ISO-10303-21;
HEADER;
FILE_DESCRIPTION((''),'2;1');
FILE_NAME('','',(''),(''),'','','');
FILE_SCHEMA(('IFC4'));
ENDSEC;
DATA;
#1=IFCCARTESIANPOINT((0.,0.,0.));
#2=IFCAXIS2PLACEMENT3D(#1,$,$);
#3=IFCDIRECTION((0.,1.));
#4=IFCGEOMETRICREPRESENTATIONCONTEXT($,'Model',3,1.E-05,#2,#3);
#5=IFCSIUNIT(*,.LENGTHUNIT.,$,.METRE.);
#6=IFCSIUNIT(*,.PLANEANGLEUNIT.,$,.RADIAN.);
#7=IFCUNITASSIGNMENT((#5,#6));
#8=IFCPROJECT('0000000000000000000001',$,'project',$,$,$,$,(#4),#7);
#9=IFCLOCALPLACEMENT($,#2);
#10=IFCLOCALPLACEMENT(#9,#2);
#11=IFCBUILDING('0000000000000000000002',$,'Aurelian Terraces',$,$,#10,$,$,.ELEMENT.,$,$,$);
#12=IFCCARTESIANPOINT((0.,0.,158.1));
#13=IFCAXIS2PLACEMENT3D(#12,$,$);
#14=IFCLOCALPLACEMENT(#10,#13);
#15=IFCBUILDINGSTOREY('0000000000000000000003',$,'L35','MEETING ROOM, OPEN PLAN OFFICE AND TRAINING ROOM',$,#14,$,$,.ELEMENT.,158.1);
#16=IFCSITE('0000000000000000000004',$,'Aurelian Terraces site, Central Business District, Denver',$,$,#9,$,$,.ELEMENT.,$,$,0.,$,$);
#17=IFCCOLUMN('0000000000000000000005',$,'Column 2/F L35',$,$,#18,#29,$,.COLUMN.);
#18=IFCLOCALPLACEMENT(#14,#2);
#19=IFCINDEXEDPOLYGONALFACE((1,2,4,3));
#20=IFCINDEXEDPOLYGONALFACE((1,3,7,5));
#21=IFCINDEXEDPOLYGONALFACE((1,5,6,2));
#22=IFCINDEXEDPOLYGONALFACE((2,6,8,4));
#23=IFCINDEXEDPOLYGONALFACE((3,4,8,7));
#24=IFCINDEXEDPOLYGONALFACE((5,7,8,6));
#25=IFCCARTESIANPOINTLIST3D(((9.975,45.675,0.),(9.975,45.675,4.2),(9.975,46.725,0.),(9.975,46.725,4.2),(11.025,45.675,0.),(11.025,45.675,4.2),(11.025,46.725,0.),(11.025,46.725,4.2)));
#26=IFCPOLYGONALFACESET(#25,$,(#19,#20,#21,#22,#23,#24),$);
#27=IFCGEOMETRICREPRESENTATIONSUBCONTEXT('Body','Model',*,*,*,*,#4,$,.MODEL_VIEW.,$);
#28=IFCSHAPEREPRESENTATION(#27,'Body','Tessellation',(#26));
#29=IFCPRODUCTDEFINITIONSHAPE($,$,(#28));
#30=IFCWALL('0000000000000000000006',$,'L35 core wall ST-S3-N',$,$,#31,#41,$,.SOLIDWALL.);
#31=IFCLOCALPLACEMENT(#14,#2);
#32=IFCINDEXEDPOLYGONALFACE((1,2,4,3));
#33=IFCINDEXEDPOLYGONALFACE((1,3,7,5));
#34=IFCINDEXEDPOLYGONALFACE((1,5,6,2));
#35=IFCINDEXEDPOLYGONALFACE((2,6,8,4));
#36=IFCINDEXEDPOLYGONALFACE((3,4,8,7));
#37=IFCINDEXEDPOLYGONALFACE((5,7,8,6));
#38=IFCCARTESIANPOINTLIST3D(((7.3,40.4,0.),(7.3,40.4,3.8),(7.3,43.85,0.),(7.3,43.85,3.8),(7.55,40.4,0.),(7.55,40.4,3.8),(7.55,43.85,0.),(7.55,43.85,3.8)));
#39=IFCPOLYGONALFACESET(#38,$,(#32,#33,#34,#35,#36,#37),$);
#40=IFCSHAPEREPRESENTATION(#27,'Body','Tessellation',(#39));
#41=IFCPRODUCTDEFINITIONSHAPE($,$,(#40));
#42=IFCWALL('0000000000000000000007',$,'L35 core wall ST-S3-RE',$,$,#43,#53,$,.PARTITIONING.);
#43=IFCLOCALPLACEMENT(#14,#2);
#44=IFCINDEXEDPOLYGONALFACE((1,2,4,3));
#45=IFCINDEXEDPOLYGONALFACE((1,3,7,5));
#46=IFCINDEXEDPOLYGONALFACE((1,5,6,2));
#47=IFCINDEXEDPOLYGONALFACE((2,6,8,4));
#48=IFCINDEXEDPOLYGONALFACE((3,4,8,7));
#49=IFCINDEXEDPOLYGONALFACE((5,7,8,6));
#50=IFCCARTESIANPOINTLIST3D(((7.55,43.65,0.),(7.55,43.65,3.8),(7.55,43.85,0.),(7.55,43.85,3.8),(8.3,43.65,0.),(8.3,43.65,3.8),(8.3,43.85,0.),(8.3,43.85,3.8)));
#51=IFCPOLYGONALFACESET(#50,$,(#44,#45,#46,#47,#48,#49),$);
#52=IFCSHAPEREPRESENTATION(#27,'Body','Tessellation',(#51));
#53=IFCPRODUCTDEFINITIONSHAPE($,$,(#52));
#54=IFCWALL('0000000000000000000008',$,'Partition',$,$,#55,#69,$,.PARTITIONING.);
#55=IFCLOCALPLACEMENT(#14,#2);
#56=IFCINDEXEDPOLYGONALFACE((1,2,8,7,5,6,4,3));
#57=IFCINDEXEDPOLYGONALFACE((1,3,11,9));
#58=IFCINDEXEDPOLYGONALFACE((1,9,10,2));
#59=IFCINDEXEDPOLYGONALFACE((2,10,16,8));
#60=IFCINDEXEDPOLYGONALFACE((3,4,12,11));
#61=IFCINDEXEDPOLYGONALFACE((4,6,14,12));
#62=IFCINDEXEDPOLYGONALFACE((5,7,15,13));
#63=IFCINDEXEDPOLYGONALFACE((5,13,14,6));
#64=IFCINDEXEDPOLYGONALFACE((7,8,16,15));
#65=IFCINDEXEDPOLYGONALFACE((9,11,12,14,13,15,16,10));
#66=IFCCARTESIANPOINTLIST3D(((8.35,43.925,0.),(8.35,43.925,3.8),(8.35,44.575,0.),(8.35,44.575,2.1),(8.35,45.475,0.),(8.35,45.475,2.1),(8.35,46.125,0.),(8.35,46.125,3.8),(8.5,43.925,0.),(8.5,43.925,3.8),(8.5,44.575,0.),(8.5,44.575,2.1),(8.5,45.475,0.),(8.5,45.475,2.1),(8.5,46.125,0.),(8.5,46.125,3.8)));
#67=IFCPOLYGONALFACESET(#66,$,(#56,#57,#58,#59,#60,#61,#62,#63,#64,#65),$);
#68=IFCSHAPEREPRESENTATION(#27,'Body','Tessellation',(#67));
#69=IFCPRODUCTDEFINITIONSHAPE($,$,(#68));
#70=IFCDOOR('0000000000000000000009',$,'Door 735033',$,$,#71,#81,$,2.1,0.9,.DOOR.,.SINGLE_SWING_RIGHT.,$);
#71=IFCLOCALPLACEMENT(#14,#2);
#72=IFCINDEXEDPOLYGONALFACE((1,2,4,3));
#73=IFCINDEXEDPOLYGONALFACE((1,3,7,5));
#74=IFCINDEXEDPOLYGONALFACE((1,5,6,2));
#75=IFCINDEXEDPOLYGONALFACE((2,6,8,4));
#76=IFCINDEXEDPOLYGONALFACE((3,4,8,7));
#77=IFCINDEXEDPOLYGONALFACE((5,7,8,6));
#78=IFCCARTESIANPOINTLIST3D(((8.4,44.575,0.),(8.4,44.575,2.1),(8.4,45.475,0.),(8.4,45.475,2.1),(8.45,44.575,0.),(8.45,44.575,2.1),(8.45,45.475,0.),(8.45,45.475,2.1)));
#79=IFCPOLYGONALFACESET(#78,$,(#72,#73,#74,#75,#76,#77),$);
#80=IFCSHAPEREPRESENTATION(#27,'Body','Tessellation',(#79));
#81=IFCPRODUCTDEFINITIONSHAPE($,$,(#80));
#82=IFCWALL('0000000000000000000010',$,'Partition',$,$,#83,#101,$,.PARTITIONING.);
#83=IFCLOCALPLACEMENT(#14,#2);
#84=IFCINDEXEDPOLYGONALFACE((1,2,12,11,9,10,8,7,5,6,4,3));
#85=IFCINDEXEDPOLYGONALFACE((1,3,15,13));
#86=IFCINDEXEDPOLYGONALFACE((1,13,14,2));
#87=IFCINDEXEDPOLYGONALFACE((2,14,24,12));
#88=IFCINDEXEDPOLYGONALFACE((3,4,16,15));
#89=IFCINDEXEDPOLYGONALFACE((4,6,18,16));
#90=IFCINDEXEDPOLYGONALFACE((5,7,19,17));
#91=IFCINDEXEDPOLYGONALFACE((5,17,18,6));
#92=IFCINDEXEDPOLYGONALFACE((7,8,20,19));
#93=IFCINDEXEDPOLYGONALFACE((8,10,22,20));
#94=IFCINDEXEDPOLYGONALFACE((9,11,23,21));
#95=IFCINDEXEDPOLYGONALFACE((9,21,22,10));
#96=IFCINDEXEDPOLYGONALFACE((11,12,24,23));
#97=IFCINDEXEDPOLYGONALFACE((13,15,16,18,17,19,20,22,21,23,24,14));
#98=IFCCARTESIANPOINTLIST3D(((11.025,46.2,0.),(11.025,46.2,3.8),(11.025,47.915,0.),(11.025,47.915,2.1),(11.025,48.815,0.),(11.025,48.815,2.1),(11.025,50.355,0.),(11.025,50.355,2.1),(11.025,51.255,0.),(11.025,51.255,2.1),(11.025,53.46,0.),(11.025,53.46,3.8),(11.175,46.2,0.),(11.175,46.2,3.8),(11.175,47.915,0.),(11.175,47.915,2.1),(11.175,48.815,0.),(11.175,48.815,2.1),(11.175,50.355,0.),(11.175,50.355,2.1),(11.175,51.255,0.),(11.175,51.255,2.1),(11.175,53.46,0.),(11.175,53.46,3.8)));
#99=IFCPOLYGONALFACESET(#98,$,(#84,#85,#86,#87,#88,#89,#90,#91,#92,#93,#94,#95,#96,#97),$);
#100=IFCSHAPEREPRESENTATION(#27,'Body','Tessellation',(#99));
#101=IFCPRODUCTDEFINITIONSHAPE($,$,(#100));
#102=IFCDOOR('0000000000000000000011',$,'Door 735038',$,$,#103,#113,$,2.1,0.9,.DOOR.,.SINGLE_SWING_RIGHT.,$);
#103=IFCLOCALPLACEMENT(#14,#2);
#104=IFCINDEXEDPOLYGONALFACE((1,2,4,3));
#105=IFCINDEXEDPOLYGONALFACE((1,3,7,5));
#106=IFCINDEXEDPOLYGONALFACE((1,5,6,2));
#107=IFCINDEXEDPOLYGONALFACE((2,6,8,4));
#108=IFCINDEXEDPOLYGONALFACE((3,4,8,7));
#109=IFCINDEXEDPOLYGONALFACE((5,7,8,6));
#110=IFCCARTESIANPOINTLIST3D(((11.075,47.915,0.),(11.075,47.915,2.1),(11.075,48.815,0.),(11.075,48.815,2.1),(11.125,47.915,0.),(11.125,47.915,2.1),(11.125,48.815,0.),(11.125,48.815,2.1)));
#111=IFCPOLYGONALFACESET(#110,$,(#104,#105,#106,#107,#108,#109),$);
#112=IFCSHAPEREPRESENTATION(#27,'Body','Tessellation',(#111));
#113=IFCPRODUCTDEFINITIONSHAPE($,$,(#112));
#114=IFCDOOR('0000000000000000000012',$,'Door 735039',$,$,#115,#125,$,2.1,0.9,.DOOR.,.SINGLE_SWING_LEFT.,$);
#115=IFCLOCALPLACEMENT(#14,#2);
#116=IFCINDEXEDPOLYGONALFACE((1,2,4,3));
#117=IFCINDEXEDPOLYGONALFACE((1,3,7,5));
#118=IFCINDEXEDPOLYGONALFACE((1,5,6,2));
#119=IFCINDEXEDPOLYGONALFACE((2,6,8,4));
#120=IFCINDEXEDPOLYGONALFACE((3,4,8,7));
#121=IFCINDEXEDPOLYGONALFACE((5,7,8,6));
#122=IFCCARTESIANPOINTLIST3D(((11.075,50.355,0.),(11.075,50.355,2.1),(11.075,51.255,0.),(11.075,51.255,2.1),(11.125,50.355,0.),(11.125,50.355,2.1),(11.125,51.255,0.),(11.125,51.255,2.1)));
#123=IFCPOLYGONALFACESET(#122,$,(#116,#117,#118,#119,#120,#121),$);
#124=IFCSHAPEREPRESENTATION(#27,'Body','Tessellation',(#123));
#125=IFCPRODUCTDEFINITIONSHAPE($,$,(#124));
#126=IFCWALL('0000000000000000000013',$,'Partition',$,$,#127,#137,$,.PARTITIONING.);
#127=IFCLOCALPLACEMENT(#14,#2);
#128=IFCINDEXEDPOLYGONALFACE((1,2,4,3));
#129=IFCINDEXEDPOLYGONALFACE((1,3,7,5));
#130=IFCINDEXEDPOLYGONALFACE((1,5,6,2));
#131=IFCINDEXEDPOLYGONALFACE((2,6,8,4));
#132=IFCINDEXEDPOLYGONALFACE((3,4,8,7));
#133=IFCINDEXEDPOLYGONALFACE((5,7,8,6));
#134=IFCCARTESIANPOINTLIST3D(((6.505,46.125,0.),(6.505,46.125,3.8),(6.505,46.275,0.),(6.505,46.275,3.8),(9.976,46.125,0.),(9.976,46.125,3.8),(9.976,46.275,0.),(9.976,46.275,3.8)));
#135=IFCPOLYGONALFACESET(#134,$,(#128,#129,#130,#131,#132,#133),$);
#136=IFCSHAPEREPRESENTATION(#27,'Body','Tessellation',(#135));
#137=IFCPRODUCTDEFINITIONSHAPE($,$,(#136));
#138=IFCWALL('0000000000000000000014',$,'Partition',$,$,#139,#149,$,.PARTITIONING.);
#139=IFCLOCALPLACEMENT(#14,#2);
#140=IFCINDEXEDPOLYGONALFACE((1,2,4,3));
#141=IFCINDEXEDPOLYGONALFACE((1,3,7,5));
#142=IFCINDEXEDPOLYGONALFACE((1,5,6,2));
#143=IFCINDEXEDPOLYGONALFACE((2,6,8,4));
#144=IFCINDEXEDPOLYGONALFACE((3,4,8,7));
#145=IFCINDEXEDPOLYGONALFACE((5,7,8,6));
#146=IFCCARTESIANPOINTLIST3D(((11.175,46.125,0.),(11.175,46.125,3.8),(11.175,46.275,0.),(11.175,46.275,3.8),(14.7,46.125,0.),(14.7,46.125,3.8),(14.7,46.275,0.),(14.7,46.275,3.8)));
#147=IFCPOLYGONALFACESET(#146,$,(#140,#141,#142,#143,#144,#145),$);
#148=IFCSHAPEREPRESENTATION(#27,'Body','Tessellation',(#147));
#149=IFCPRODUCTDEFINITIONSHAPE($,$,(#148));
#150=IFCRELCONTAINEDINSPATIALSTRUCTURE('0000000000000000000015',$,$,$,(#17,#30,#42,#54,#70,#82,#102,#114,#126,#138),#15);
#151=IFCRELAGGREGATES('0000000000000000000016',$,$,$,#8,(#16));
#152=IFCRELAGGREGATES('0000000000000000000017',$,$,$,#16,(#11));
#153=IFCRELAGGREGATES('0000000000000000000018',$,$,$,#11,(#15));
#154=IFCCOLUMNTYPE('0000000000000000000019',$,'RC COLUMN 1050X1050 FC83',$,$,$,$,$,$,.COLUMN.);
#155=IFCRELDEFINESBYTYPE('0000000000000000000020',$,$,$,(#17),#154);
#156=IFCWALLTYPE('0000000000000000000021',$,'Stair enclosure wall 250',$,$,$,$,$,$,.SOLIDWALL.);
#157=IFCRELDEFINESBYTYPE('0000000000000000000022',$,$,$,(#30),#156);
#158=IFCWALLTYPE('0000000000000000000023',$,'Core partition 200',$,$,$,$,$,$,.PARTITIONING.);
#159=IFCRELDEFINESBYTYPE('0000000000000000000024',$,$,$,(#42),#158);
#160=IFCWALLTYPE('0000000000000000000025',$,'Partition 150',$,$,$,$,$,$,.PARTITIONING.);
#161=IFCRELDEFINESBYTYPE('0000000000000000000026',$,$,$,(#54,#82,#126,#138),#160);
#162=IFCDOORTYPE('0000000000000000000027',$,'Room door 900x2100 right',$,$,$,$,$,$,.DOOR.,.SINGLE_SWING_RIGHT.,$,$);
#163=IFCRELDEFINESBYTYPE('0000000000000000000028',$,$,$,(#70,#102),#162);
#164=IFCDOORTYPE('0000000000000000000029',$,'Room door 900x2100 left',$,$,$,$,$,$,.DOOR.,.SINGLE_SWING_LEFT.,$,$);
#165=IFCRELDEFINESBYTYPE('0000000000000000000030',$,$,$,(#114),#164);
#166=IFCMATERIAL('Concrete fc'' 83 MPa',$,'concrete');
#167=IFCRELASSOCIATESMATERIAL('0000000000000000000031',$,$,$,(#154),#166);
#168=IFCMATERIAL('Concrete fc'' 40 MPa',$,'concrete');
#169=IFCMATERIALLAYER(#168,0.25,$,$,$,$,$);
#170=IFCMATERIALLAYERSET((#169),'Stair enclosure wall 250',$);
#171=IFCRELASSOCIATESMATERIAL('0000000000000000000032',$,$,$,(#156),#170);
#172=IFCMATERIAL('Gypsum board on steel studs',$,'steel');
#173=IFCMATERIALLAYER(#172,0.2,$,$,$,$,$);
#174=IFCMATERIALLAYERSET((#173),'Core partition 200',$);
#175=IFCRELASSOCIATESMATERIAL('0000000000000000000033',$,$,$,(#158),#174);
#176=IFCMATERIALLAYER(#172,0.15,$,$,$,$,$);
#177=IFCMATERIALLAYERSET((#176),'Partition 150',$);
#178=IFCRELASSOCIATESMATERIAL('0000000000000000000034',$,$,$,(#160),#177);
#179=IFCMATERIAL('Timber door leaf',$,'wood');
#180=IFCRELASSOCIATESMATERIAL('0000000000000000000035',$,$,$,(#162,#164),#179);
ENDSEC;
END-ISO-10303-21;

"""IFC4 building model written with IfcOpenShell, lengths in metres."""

from ifc_helpers import new_model, si_unit, direction, frame, frame_2d, origin, origin_2d, place, context, subcontext, project, spatial, rectangle, extrude, source, transform, mapped, material, layer, layer_set, material_profile, profile_set, type_object, element, fill, save


model = new_model("IFC4")

# Units and contexts
model_context = context("Model", 3, precision=1e-05, world=origin(), true_north=direction((0.0, 1.0)))
body_context = subcontext(model_context, "Body", "Model", "MODEL_VIEW")
ifc_project = project(units=[si_unit("LENGTHUNIT", "METRE"), si_unit("PLANEANGLEUNIT", "RADIAN")], contexts=[model_context])

# Site, building, storey
site_placement = place(None, origin())
site = spatial("IfcSite", under=ifc_project, at=site_placement, Name="Aurelian Terraces site, Central Business District, Denver", CompositionType="ELEMENT", RefElevation=0.0)
building_placement = place(site_placement, origin())
building = spatial("IfcBuilding", under=site, at=building_placement, Name="Aurelian Terraces", CompositionType="ELEMENT")
storey_placement = place(building_placement, frame((0.0, 0.0, 158.1)))
storey = spatial("IfcBuildingStorey", under=building, at=storey_placement, Name="L35", Description="MEETING ROOM, OPEN PLAN OFFICE AND TRAINING ROOM", CompositionType="ELEMENT", Elevation=158.1)

# Column
ifc_material_1 = material(Name="Concrete fc' 83 MPa", Category="concrete")
ifc_material_profile = material_profile(ifc_material_1, rectangle(XDim=1.05, YDim=1.05, at=origin_2d()))
ifc_profile_set = profile_set([ifc_material_profile], Name="Concrete fc' 83 MPa")
column_type = type_object("IfcColumnType", Name="RC COLUMN 1050X1050 FC83", PredefinedType="COLUMN", material=ifc_profile_set)
shared_shape_1 = source(origin(), body_context, "Body", "SweptSolid", [
    extrude(rectangle(XDim=1.05, YDim=1.05, at=origin_2d()), origin(), (0.0, 0.0, 1.0), 4.2),
])
column_placement = place(storey_placement, frame((10.5, 46.2, 0.0), z_axis=(0.0, 0.0, 1.0), x_axis=(1.0, 0.0, 0.0)))
element("IfcColumn", 1, at=column_placement, inside=storey, type_object=column_type, Name="Column 2/F L35", PredefinedType="COLUMN", context=body_context, shape_type="MappedRepresentation", body=[
    mapped(shared_shape_1, transform((0.0, 0.0, 0.0), scale=1.0)),
])

# Walls
ifc_material_2 = material(Name="Concrete fc' 40 MPa", Category="concrete")
ifc_layer_1 = layer(ifc_material_2, 0.25)
ifc_layer_set_1 = layer_set([ifc_layer_1], Name="Stair enclosure wall 250")
wall_type_1 = type_object("IfcWallType", Name="Stair enclosure wall 250", PredefinedType="SOLIDWALL", material=ifc_layer_set_1)
shared_shape_2 = source(origin(), body_context, "Body", "SweptSolid", [
    extrude(rectangle(XDim=3.45, YDim=0.25, at=frame_2d((1.725, 0.0))), origin(), (0.0, 0.0, 1.0), 3.8),
])
wall_1_placement = place(storey_placement, frame((7.425, 40.4, 0.0), z_axis=(0.0, 0.0, 1.0), x_axis=(0.0, 1.0, 0.0)))
element("IfcWall", 2, at=wall_1_placement, inside=storey, type_object=wall_type_1, Name="L35 core wall ST-S3-N", PredefinedType="SOLIDWALL", context=body_context, shape_type="MappedRepresentation", body=[
    mapped(shared_shape_2, transform((0.0, 0.0, 0.0), scale=1.0)),
])
ifc_material_3 = material(Name="Gypsum board on steel studs", Category="steel")
ifc_layer_2 = layer(ifc_material_3, 0.2)
ifc_layer_set_2 = layer_set([ifc_layer_2], Name="Core partition 200")
wall_type_2 = type_object("IfcWallType", Name="Core partition 200", PredefinedType="PARTITIONING", material=ifc_layer_set_2)
shared_shape_3 = source(origin(), body_context, "Body", "SweptSolid", [
    extrude(rectangle(XDim=0.75, YDim=0.2, at=frame_2d((0.375, 0.0))), origin(), (0.0, 0.0, 1.0), 3.8),
])
wall_2_placement = place(storey_placement, frame((7.55, 43.75, 0.0), z_axis=(0.0, 0.0, 1.0), x_axis=(1.0, 0.0, 0.0)))
element("IfcWall", 3, at=wall_2_placement, inside=storey, type_object=wall_type_2, Name="L35 core wall ST-S3-RE", PredefinedType="PARTITIONING", context=body_context, shape_type="MappedRepresentation", body=[
    mapped(shared_shape_3, transform((0.0, 0.0, 0.0), scale=1.0)),
])

# Wall, opening, door
ifc_layer_3 = layer(ifc_material_3, 0.15)
ifc_layer_set_3 = layer_set([ifc_layer_3], Name="Partition 150")
wall_type_3 = type_object("IfcWallType", Name="Partition 150", PredefinedType="PARTITIONING", material=ifc_layer_set_3)
shared_shape_4 = source(origin(), body_context, "Body", "SweptSolid", [
    extrude(rectangle(XDim=2.2, YDim=0.15, at=frame_2d((1.1, 0.0))), origin(), (0.0, 0.0, 1.0), 3.8),
])
wall_3_placement = place(storey_placement, frame((8.425, 43.925, 0.0), z_axis=(0.0, 0.0, 1.0), x_axis=(0.0, 1.0, 0.0)))
wall_3 = element("IfcWall", 4, at=wall_3_placement, inside=storey, type_object=wall_type_3, Name="Partition", PredefinedType="PARTITIONING", context=body_context, shape_type="MappedRepresentation", body=[
    mapped(shared_shape_4, transform((0.0, 0.0, 0.0), scale=1.0)),
])
shared_shape_5 = source(origin(), body_context, "Body", "SweptSolid", [
    extrude(rectangle(XDim=0.9, YDim=2.1, at=frame_2d((0.45, 1.05))), frame((0.0, 0.085, 0.0), z_axis=(0.0, -1.0, 0.0), x_axis=(1.0, 0.0, 0.0)), (0.0, 0.0, 1.0), 0.17),
])
opening_1_placement = place(wall_3_placement, frame((0.65, 0.0, 0.0)))
opening_1 = element("IfcOpeningElement", 5, at=opening_1_placement, cuts=wall_3, PredefinedType="OPENING", context=body_context, shape_type="MappedRepresentation", body=[
    mapped(shared_shape_5, transform((0.0, 0.0, 0.0), scale=1.0)),
])
ifc_material_4 = material(Name="Timber door leaf", Category="wood")
door_type_1 = type_object("IfcDoorType", Name="Room door 900x2100 right", OperationType="SINGLE_SWING_RIGHT", PredefinedType="DOOR", material=ifc_material_4)
shared_shape_6 = source(origin(), body_context, "Body", "SweptSolid", [
    extrude(rectangle(XDim=0.9, YDim=2.1, at=frame_2d((0.45, 1.05))), frame((0.0, 0.025, 0.0), z_axis=(0.0, -1.0, 0.0), x_axis=(1.0, 0.0, 0.0)), (0.0, 0.0, 1.0), 0.05),
])
door_1_placement = place(opening_1_placement, origin())
door_1 = element("IfcDoor", 6, at=door_1_placement, inside=storey, type_object=door_type_1, Name="Door 735033", OperationType="SINGLE_SWING_RIGHT", OverallHeight=2.1, OverallWidth=0.9, PredefinedType="DOOR", context=body_context, shape_type="MappedRepresentation", body=[
    mapped(shared_shape_6, transform((0.0, 0.0, 0.0), scale=1.0)),
])
fill(opening_1, door_1)

# Wall, openings, doors
shared_shape_7 = source(origin(), body_context, "Body", "SweptSolid", [
    extrude(rectangle(XDim=7.26, YDim=0.15, at=frame_2d((3.63, 0.0))), origin(), (0.0, 0.0, 1.0), 3.8),
])
wall_4_placement = place(storey_placement, frame((11.1, 46.2, 0.0), z_axis=(0.0, 0.0, 1.0), x_axis=(0.0, 1.0, 0.0)))
wall_4 = element("IfcWall", 7, at=wall_4_placement, inside=storey, type_object=wall_type_3, Name="Partition", PredefinedType="PARTITIONING", context=body_context, shape_type="MappedRepresentation", body=[
    mapped(shared_shape_7, transform((0.0, 0.0, 0.0), scale=1.0)),
])
opening_2_placement = place(wall_4_placement, frame((1.715, 0.0, 0.0)))
opening_2 = element("IfcOpeningElement", 8, at=opening_2_placement, cuts=wall_4, PredefinedType="OPENING", context=body_context, shape_type="MappedRepresentation", body=[
    mapped(shared_shape_5, transform((0.0, 0.0, 0.0), scale=1.0)),
])
opening_3_placement = place(wall_4_placement, frame((4.155, 0.0, 0.0)))
opening_3 = element("IfcOpeningElement", 9, at=opening_3_placement, cuts=wall_4, PredefinedType="OPENING", context=body_context, shape_type="MappedRepresentation", body=[
    mapped(shared_shape_5, transform((0.0, 0.0, 0.0), scale=1.0)),
])
door_2_placement = place(opening_2_placement, origin())
door_2 = element("IfcDoor", 10, at=door_2_placement, inside=storey, type_object=door_type_1, Name="Door 735038", OperationType="SINGLE_SWING_RIGHT", OverallHeight=2.1, OverallWidth=0.9, PredefinedType="DOOR", context=body_context, shape_type="MappedRepresentation", body=[
    mapped(shared_shape_6, transform((0.0, 0.0, 0.0), scale=1.0)),
])
fill(opening_2, door_2)
door_type_2 = type_object("IfcDoorType", Name="Room door 900x2100 left", OperationType="SINGLE_SWING_LEFT", PredefinedType="DOOR", material=ifc_material_4)
door_3_placement = place(opening_3_placement, origin())
door_3 = element("IfcDoor", 11, at=door_3_placement, inside=storey, type_object=door_type_2, Name="Door 735039", OperationType="SINGLE_SWING_LEFT", OverallHeight=2.1, OverallWidth=0.9, PredefinedType="DOOR", context=body_context, shape_type="MappedRepresentation", body=[
    mapped(shared_shape_6, transform((0.0, 0.0, 0.0), scale=1.0)),
])
fill(opening_3, door_3)

# Walls
shared_shape_8 = source(origin(), body_context, "Body", "SweptSolid", [
    extrude(rectangle(XDim=3.471, YDim=0.15, at=frame_2d((1.7355, 0.0))), origin(), (0.0, 0.0, 1.0), 3.8),
])
wall_5_placement = place(storey_placement, frame((9.976, 46.2, 0.0), z_axis=(0.0, 0.0, 1.0), x_axis=(-1.0, 0.0, 0.0)))
element("IfcWall", 12, at=wall_5_placement, inside=storey, type_object=wall_type_3, Name="Partition", PredefinedType="PARTITIONING", context=body_context, shape_type="MappedRepresentation", body=[
    mapped(shared_shape_8, transform((0.0, 0.0, 0.0), scale=1.0)),
])
shared_shape_9 = source(origin(), body_context, "Body", "SweptSolid", [
    extrude(rectangle(XDim=3.525, YDim=0.15, at=frame_2d((1.7625, 0.0))), origin(), (0.0, 0.0, 1.0), 3.8),
])
wall_6_placement = place(storey_placement, frame((14.7, 46.2, 0.0), z_axis=(0.0, 0.0, 1.0), x_axis=(-1.0, 0.0, 0.0)))
element("IfcWall", 13, at=wall_6_placement, inside=storey, type_object=wall_type_3, Name="Partition", PredefinedType="PARTITIONING", context=body_context, shape_type="MappedRepresentation", body=[
    mapped(shared_shape_9, transform((0.0, 0.0, 0.0), scale=1.0)),
])

save(model, "model.ifc")
